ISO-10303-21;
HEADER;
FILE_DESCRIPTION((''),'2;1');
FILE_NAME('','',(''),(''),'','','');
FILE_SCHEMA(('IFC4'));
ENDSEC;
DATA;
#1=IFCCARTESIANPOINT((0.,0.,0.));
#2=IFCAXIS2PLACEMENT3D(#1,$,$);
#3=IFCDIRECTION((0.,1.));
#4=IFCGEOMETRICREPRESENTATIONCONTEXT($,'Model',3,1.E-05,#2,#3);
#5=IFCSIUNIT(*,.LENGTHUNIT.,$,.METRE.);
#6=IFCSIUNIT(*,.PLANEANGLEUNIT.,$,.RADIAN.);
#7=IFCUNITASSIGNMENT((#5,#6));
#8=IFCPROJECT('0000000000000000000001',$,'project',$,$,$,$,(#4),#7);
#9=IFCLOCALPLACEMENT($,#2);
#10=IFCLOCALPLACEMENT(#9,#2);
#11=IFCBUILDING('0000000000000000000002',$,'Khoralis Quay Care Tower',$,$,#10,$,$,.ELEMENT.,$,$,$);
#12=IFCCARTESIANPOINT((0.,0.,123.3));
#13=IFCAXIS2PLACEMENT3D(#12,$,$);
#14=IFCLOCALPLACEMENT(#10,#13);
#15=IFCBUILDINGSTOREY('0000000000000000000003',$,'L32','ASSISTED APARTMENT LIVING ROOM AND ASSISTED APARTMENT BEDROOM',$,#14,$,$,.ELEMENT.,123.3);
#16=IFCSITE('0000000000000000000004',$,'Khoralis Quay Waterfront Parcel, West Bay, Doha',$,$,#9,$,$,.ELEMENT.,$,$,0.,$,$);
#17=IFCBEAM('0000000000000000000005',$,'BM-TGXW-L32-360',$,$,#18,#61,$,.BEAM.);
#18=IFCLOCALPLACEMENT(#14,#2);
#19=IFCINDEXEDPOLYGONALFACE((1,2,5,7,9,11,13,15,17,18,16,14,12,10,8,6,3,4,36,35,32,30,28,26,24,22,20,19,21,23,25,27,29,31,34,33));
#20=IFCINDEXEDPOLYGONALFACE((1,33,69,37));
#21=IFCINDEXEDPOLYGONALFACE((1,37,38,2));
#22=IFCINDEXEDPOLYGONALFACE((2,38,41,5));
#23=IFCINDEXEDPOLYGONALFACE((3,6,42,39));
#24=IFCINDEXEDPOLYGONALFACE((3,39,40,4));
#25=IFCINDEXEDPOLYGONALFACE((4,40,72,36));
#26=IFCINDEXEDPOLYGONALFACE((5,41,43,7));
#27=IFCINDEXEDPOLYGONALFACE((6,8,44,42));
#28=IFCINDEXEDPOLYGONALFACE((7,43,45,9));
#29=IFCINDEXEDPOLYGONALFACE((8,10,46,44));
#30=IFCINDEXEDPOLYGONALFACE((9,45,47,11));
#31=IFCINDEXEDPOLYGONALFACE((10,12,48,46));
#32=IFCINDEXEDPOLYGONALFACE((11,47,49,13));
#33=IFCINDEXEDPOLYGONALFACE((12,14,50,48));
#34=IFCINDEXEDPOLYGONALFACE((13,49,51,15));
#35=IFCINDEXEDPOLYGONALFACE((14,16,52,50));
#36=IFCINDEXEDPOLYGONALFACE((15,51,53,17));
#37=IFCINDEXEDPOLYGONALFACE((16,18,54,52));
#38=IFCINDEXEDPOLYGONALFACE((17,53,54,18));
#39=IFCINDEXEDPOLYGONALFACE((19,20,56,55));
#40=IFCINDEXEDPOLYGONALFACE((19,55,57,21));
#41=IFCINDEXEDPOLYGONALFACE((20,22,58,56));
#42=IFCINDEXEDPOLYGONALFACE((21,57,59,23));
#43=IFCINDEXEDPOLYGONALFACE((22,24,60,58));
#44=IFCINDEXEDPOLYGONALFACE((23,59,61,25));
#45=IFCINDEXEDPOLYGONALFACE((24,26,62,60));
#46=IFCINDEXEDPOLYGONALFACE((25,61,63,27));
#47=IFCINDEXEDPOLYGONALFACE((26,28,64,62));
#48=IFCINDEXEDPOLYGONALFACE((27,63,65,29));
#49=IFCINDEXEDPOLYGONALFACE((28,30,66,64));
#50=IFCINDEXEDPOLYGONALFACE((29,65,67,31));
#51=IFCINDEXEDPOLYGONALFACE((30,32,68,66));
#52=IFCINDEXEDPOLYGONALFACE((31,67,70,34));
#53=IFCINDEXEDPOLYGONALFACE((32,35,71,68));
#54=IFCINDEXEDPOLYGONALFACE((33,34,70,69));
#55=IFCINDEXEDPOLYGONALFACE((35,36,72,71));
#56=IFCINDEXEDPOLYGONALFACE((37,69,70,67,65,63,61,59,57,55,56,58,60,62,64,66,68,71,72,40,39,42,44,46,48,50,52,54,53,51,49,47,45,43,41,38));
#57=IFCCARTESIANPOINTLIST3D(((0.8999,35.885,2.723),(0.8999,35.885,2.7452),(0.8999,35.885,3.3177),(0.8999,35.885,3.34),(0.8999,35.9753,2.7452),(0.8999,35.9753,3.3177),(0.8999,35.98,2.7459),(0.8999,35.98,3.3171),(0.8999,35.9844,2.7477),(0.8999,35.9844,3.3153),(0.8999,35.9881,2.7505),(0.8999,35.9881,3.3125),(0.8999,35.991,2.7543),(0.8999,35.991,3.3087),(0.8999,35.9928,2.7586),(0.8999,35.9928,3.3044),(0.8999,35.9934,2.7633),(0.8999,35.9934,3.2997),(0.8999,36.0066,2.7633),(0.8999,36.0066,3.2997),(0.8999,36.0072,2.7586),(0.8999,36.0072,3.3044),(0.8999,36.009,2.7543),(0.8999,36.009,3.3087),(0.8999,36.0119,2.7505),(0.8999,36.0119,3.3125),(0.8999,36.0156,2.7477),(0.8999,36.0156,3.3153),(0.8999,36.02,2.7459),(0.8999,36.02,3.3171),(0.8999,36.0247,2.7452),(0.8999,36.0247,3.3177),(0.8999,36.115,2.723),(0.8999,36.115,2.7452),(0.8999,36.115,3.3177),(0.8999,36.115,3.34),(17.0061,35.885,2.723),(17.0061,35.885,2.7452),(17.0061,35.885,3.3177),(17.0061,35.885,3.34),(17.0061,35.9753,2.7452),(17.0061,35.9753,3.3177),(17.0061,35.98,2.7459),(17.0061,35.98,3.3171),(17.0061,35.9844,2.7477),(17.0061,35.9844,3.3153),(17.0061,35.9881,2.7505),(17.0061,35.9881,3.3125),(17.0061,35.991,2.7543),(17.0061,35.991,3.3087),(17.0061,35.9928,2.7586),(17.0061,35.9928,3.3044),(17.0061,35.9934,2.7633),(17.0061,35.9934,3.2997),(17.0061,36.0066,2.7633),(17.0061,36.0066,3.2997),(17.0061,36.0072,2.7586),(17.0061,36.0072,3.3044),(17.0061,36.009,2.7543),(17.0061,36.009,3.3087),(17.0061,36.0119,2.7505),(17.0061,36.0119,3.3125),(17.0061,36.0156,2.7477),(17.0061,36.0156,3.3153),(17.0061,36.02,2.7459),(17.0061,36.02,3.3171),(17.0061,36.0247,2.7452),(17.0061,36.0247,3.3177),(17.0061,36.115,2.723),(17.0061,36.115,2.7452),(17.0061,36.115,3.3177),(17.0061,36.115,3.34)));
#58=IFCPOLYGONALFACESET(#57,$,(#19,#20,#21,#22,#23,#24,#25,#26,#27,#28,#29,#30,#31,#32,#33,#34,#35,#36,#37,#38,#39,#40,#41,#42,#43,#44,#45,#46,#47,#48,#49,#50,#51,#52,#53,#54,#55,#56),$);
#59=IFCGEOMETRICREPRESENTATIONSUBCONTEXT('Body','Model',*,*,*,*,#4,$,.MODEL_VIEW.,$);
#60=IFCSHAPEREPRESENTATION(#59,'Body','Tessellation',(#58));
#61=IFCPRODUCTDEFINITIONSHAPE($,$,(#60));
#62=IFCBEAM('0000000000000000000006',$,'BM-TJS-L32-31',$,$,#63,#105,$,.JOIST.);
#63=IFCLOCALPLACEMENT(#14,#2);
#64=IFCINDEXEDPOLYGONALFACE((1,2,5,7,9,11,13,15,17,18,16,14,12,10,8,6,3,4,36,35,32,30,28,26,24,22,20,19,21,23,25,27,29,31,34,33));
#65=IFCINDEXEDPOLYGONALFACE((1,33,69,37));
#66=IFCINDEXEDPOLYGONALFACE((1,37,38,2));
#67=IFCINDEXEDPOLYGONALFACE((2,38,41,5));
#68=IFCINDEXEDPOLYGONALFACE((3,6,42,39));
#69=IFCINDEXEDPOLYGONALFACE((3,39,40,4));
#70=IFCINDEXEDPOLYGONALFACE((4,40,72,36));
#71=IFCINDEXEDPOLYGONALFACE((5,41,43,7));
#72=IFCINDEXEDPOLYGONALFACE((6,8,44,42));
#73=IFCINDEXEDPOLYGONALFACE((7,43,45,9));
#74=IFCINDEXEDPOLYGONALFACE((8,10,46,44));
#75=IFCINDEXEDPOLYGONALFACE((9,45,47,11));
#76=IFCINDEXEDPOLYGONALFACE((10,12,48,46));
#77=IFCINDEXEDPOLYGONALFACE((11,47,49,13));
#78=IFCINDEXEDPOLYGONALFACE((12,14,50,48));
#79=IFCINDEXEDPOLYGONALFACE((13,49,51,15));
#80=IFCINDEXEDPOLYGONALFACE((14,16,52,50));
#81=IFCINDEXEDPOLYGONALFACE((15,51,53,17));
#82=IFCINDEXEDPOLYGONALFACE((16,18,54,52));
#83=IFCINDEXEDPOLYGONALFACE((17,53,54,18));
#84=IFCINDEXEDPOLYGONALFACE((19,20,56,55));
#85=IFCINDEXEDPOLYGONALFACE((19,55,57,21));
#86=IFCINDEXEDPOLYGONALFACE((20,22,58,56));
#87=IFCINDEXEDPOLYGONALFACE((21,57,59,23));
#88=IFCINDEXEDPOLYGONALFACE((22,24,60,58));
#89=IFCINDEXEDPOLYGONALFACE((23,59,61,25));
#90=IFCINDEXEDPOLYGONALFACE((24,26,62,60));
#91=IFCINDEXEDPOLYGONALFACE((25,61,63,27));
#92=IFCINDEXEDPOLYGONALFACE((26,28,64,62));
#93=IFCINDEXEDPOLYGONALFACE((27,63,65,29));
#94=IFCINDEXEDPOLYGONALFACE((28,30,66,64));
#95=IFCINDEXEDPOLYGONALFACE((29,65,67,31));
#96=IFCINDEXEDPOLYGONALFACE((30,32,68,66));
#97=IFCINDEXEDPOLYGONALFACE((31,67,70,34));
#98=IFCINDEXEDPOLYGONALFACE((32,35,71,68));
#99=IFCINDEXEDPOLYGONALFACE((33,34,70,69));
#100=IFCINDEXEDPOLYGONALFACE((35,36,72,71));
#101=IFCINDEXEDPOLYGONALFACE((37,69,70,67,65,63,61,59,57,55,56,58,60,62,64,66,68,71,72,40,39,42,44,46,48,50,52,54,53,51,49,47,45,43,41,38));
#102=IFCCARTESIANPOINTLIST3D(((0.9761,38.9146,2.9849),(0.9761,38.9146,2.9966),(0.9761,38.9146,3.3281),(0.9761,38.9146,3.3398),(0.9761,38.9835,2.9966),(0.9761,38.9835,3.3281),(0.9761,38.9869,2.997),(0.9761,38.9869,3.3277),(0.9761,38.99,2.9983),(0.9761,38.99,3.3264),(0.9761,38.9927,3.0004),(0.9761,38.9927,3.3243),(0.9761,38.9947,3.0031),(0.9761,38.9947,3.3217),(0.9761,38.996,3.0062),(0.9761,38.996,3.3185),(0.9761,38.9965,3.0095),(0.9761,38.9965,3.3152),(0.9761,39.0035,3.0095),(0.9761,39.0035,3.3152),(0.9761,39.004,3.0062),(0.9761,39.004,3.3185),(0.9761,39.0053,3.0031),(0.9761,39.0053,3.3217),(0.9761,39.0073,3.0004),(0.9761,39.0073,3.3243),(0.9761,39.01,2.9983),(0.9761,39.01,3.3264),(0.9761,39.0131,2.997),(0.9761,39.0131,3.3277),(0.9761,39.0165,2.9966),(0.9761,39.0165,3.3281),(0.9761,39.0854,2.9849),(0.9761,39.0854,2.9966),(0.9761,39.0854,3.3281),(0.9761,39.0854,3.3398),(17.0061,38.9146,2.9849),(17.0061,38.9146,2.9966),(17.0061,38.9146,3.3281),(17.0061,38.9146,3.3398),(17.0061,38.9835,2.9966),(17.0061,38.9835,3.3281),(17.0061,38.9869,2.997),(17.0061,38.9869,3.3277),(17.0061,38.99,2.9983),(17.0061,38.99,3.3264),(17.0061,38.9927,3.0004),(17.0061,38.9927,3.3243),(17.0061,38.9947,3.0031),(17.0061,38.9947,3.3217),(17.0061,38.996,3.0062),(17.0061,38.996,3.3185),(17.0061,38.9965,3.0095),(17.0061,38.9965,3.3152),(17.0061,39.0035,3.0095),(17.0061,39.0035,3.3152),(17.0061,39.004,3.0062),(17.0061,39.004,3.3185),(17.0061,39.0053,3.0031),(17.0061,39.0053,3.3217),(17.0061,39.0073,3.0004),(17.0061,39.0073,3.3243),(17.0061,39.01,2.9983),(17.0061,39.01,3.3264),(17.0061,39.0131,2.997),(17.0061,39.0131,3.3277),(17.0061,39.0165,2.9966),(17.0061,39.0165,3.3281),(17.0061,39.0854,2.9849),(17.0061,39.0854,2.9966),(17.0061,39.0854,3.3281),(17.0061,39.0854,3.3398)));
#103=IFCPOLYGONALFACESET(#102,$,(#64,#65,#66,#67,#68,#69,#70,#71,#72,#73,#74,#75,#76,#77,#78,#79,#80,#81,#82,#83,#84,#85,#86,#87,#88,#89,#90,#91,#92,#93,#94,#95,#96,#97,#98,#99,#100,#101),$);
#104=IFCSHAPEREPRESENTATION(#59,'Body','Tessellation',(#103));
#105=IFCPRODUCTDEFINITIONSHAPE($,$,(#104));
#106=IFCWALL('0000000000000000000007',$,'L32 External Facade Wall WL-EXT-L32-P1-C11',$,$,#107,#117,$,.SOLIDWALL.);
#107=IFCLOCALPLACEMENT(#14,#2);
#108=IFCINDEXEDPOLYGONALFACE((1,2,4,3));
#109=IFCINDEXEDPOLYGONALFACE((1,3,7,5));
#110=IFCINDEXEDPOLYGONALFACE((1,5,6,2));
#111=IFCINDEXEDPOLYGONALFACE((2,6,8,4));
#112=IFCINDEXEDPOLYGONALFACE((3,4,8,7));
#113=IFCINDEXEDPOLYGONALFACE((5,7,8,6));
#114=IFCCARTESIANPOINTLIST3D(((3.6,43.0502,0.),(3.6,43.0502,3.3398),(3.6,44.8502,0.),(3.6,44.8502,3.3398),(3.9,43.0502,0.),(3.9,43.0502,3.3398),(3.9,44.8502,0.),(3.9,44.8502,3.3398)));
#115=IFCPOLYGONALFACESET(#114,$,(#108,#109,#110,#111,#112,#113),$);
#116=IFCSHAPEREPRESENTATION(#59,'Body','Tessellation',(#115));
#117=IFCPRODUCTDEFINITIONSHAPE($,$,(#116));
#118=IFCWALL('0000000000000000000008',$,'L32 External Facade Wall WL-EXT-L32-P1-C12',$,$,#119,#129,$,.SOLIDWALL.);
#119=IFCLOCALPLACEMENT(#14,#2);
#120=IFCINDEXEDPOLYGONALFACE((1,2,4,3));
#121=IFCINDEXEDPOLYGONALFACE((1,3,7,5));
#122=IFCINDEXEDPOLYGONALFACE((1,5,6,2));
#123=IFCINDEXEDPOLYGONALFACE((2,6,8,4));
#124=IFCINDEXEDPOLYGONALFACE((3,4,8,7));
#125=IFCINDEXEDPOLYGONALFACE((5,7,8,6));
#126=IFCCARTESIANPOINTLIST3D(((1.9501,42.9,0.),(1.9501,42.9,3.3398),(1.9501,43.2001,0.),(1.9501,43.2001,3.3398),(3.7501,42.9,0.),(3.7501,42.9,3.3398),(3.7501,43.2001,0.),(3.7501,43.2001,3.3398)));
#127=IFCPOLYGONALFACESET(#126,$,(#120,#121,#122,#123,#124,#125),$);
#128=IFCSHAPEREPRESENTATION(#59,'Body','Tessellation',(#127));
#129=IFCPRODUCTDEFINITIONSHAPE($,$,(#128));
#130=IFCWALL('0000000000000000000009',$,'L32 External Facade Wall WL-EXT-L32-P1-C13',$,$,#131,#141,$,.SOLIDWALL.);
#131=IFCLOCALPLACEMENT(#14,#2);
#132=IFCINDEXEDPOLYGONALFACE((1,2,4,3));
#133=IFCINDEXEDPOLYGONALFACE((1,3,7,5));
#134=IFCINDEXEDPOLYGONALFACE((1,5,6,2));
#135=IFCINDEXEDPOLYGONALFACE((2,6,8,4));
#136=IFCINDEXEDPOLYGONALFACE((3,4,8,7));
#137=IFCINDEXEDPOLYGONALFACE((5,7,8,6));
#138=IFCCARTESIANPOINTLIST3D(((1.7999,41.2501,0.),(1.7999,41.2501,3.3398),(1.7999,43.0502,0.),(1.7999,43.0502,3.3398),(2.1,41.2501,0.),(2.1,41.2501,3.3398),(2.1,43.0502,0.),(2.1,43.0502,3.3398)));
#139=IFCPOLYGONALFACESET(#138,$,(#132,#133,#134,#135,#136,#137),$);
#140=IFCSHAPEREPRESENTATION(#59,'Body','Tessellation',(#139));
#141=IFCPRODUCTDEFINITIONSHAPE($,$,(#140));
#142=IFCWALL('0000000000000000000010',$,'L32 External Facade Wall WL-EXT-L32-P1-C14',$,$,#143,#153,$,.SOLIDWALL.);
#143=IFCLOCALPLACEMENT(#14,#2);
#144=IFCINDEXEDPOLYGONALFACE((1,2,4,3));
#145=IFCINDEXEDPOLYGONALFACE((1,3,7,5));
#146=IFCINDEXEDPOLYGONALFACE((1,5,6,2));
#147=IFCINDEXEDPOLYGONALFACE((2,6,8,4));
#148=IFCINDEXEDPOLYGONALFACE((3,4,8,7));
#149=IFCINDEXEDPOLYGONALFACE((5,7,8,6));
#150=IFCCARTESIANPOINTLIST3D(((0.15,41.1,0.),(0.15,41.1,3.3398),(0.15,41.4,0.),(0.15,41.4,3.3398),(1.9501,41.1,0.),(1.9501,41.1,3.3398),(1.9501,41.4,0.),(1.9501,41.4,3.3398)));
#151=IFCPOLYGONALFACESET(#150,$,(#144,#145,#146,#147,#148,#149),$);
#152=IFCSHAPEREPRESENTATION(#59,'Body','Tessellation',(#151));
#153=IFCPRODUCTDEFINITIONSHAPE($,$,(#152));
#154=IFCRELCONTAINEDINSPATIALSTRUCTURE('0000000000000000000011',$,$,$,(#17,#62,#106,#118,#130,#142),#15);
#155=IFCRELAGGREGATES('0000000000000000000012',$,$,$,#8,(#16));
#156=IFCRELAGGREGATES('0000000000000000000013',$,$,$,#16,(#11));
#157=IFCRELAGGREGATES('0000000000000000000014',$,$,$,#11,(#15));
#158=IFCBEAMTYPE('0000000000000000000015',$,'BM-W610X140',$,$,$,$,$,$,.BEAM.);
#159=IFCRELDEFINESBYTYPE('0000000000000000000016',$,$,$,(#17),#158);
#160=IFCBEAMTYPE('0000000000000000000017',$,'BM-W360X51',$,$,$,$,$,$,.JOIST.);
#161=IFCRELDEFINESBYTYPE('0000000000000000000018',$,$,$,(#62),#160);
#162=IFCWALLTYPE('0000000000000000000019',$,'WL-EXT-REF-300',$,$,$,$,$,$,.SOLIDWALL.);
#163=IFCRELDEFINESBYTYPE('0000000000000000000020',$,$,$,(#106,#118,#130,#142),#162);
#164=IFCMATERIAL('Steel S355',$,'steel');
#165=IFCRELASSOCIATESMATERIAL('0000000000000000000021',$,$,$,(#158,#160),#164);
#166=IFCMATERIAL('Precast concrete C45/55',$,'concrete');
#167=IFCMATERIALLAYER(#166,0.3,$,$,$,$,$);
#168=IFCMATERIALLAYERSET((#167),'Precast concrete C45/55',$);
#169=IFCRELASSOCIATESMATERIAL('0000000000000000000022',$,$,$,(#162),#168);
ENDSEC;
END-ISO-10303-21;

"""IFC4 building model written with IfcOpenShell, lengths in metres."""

from ifc_helpers import new_model, si_unit, direction, frame, frame_2d, origin, origin_2d, place, context, subcontext, project, spatial, rectangle, i_section, extrude, source, transform, mapped, material, layer, layer_set, material_profile, profile_set, type_object, element, save


model = new_model("IFC4")

# Units and contexts
model_context = context("Model", 3, precision=1e-05, world=origin(), true_north=direction((0.0, 1.0)))
body_context = subcontext(model_context, "Body", "Model", "MODEL_VIEW")
ifc_project = project(units=[si_unit("LENGTHUNIT", "METRE"), si_unit("PLANEANGLEUNIT", "RADIAN")], contexts=[model_context])

# Site, building, storey
site_placement = place(None, origin())
site = spatial("IfcSite", under=ifc_project, at=site_placement, Name="Khoralis Quay Waterfront Parcel, West Bay, Doha", CompositionType="ELEMENT", RefElevation=0.0)
building_placement = place(site_placement, origin())
building = spatial("IfcBuilding", under=site, at=building_placement, Name="Khoralis Quay Care Tower", CompositionType="ELEMENT")
storey_placement = place(building_placement, frame((0.0, 0.0, 123.3)))
storey = spatial("IfcBuildingStorey", under=building, at=storey_placement, Name="L32", Description="ASSISTED APARTMENT LIVING ROOM AND ASSISTED APARTMENT BEDROOM", CompositionType="ELEMENT", Elevation=123.3)

# Beams
ifc_material_1 = material(Name="Steel S355", Category="steel")
ifc_material_profile_1 = material_profile(ifc_material_1, i_section(OverallWidth=0.23, OverallDepth=0.6169, WebThickness=0.0132, FlangeThickness=0.0222, FilletRadius=0.0181, at=origin_2d()), Name="Steel S355")
ifc_profile_set_1 = profile_set([ifc_material_profile_1], Name="Steel S355")
beam_type_1 = type_object("IfcBeamType", Name="BM-W610X140", PredefinedType="BEAM", material=ifc_profile_set_1)
shared_shape_1 = source(origin(), body_context, "Body", "SweptSolid", [
    extrude(i_section(OverallWidth=0.23, OverallDepth=0.6169, WebThickness=0.0132, FlangeThickness=0.0222, FilletRadius=0.0181, at=origin_2d()), origin(), (0.0, 0.0, 1.0), 16.1062),
])
beam_1_placement = place(storey_placement, frame((0.8999, 36.0, 3.0315), z_axis=(1.0, 0.0, 0.0), x_axis=(0.0, 1.0, 0.0)))
element("IfcBeam", 1, at=beam_1_placement, inside=storey, type_object=beam_type_1, Name="BM-TGXW-L32-360", PredefinedType="BEAM", context=body_context, shape_type="MappedRepresentation", body=[
    mapped(shared_shape_1, transform((0.0, 0.0, 0.0), scale=1.0)),
])
ifc_material_profile_2 = material_profile(ifc_material_1, i_section(OverallWidth=0.1709, OverallDepth=0.355, WebThickness=0.0071, FlangeThickness=0.0117, FilletRadius=0.0129, at=origin_2d()), Name="Steel S355")
ifc_profile_set_2 = profile_set([ifc_material_profile_2], Name="Steel S355")
beam_type_2 = type_object("IfcBeamType", Name="BM-W360X51", PredefinedType="JOIST", material=ifc_profile_set_2)
shared_shape_2 = source(origin(), body_context, "Body", "SweptSolid", [
    extrude(i_section(OverallWidth=0.1709, OverallDepth=0.355, WebThickness=0.0071, FlangeThickness=0.0117, FilletRadius=0.0129, at=origin_2d()), origin(), (0.0, 0.0, 1.0), 16.03),
])
beam_2_placement = place(storey_placement, frame((0.9761, 39.0, 3.1624), z_axis=(1.0, 0.0, 0.0), x_axis=(0.0, 1.0, 0.0)))
element("IfcBeam", 2, at=beam_2_placement, inside=storey, type_object=beam_type_2, Name="BM-TJS-L32-31", PredefinedType="JOIST", context=body_context, shape_type="MappedRepresentation", body=[
    mapped(shared_shape_2, transform((0.0, 0.0, 0.0), scale=1.0)),
])

# Walls
ifc_material_2 = material(Name="Precast concrete C45/55", Category="concrete")
ifc_layer_1 = layer(ifc_material_2, 0.3)
ifc_layer_set_1 = layer_set([ifc_layer_1], Name="Precast concrete C45/55")
wall_type_1 = type_object("IfcWallType", Name="WL-EXT-REF-300", PredefinedType="SOLIDWALL", material=ifc_layer_set_1)
for number, where, z_axis, x_axis, name in (
    (3, (3.75, 44.8501, 0.0), (0.0, 0.0, 1.0), (0.0, -1.0, 0.0), "L32 External Facade Wall WL-EXT-L32-P1-C11"),
    (4, (3.75, 43.05, 0.0), (0.0, 0.0, 1.0), (-1.0, 0.0, 0.0), "L32 External Facade Wall WL-EXT-L32-P1-C12"),
    (5, (1.95, 43.05, 0.0), (0.0, 0.0, 1.0), (0.0, -1.0, 0.0), "L32 External Facade Wall WL-EXT-L32-P1-C13"),
    (6, (1.95, 41.25, 0.0), (0.0, 0.0, 1.0), (-1.0, 0.0, 0.0), "L32 External Facade Wall WL-EXT-L32-P1-C14"),
):
    element("IfcWall", number, at=place(storey_placement, frame(where, z_axis=z_axis, x_axis=x_axis)), inside=storey, type_object=wall_type_1, Name=name, PredefinedType="SOLIDWALL", context=body_context, shape_type="SweptSolid", body=[
        extrude(rectangle(XDim=1.8, YDim=0.3, at=frame_2d((0.8999, 0.0))), origin(), (0.0, 0.0, 1.0), 3.3398),
    ])

save(model, "model.ifc")
